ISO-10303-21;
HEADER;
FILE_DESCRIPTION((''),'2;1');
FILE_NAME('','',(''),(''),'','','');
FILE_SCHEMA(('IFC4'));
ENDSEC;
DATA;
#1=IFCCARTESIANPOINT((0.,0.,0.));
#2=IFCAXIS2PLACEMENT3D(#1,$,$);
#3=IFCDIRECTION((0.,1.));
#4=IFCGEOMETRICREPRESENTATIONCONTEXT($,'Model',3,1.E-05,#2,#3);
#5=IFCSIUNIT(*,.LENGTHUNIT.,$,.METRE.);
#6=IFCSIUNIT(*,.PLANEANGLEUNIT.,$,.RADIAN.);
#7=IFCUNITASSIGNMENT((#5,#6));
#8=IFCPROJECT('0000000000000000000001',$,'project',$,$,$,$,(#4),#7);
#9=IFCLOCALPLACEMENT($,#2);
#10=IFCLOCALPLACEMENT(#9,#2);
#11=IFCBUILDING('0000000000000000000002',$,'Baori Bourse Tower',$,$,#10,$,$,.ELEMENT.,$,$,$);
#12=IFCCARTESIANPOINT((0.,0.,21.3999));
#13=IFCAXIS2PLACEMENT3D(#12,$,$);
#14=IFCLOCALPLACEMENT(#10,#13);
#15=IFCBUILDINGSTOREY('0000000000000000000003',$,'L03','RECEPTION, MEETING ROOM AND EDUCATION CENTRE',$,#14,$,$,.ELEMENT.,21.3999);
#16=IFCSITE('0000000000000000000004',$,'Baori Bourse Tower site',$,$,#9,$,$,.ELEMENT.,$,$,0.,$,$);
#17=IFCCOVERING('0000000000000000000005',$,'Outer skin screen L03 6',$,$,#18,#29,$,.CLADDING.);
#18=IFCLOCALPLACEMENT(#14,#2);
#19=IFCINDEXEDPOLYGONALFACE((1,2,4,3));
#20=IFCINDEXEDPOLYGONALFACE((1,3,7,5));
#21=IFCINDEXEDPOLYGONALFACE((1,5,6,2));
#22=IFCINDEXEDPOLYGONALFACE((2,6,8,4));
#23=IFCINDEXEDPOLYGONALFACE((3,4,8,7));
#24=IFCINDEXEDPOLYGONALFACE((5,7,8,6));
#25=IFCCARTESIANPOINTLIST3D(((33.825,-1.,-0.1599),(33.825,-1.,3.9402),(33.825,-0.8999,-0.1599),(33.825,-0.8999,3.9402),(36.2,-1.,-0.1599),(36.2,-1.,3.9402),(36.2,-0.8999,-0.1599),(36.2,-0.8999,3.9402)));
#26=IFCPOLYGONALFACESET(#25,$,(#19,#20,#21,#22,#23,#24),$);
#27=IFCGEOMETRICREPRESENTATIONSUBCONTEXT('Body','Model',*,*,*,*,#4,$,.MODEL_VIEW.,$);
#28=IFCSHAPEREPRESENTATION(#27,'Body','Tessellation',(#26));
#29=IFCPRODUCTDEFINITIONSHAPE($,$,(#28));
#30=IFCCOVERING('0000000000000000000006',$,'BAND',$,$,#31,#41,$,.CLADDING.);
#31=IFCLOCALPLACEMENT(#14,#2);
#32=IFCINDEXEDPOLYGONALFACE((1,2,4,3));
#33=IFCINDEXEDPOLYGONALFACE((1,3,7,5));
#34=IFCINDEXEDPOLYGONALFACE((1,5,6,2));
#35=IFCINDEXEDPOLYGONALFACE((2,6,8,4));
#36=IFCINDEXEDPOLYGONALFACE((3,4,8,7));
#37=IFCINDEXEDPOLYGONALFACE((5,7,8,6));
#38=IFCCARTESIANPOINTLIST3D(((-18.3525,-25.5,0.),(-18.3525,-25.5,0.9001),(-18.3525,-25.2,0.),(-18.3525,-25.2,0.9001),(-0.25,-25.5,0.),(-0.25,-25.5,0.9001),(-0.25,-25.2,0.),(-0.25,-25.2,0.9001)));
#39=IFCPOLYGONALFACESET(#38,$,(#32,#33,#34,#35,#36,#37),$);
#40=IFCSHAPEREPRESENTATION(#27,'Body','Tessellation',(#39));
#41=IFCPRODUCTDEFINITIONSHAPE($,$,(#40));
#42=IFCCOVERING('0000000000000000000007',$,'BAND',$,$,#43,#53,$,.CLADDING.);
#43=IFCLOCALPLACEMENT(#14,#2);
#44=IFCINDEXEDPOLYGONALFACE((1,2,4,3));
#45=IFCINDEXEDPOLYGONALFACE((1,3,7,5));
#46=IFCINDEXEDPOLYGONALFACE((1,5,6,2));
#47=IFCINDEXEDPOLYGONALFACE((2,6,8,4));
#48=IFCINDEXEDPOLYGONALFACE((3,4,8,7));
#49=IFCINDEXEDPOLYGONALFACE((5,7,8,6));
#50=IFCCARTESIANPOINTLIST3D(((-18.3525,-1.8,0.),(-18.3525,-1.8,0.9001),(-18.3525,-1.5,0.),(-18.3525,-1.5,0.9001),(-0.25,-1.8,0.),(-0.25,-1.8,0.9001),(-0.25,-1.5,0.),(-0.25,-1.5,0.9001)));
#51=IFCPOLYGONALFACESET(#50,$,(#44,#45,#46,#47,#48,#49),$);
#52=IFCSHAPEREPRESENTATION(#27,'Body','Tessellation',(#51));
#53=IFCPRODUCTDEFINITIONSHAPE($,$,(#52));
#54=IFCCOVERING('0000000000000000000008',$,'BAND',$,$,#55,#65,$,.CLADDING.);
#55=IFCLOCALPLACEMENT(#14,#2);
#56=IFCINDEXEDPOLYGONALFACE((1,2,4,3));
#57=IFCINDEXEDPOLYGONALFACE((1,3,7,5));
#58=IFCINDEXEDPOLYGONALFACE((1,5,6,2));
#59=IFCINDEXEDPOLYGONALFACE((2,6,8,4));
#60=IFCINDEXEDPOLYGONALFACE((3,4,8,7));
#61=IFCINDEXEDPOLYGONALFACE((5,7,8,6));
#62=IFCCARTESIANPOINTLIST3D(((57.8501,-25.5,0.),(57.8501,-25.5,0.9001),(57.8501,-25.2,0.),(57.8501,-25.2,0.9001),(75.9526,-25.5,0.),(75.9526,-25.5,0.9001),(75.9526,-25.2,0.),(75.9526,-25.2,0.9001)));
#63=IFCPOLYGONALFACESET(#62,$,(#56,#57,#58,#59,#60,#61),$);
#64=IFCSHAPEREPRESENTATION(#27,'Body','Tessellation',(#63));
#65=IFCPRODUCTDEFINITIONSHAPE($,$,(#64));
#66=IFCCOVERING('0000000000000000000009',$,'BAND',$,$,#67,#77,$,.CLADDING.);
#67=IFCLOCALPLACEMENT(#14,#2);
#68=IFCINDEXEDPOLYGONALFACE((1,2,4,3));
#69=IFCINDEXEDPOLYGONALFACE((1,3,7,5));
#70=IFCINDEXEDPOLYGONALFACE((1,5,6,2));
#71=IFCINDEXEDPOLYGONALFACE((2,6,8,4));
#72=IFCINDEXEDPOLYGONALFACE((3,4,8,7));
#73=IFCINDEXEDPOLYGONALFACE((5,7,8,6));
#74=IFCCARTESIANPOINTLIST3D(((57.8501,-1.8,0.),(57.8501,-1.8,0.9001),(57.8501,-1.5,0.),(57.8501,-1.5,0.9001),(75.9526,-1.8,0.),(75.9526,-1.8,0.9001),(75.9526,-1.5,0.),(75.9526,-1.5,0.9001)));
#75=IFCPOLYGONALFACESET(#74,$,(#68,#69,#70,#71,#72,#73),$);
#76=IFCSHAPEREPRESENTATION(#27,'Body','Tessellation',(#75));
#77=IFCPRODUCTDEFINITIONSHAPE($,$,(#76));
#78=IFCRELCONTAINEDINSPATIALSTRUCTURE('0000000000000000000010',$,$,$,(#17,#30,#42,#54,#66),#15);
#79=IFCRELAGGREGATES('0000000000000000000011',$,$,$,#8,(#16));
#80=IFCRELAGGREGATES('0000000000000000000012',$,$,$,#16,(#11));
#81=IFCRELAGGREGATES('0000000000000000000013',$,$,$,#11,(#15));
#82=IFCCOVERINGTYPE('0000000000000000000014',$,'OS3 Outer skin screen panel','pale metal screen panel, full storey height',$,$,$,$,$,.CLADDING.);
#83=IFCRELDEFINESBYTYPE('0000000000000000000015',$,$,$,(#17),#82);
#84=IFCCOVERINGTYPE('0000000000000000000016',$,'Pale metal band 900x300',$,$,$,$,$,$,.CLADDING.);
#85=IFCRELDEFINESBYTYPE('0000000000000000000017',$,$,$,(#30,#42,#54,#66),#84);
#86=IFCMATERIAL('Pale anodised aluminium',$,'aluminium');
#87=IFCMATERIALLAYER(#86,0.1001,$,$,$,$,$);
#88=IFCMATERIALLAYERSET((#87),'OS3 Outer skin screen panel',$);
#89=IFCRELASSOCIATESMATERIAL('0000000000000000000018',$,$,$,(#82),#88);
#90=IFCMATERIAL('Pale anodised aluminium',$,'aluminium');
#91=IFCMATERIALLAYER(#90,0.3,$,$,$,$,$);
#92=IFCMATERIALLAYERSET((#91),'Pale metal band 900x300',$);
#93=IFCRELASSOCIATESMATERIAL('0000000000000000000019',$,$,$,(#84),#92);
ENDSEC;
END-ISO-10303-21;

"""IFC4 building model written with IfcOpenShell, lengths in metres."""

from ifc_helpers import new_model, si_unit, direction, frame, origin, place, context, subcontext, project, spatial, polyline, outline, extrude, material, layer, layer_set, type_object, element, save


model = new_model("IFC4")

# Units and contexts
model_context = context("Model", 3, precision=1e-05, world=origin(), true_north=direction((0.0, 1.0)))
body_context = subcontext(model_context, "Body", "Model", "MODEL_VIEW")
ifc_project = project(units=[si_unit("LENGTHUNIT", "METRE"), si_unit("PLANEANGLEUNIT", "RADIAN")], contexts=[model_context])

# Site, building, storey
site_placement = place(None, origin())
site = spatial("IfcSite", under=ifc_project, at=site_placement, Name="Baori Bourse Tower site", CompositionType="ELEMENT", RefElevation=0.0)
building_placement = place(site_placement, origin())
building = spatial("IfcBuilding", under=site, at=building_placement, Name="Baori Bourse Tower", CompositionType="ELEMENT")
storey_placement = place(building_placement, frame((0.0, 0.0, 21.3999)))
storey = spatial("IfcBuildingStorey", under=building, at=storey_placement, Name="L03", Description="RECEPTION, MEETING ROOM AND EDUCATION CENTRE", CompositionType="ELEMENT", Elevation=21.3999)

# Coverings
ifc_material_1 = material(Name="Pale anodised aluminium", Category="aluminium")
ifc_layer_1 = layer(ifc_material_1, 0.1001)
ifc_layer_set_1 = layer_set([ifc_layer_1], Name="OS3 Outer skin screen panel")
covering_type_1 = type_object("IfcCoveringType", Name="OS3 Outer skin screen panel", Description="pale metal screen panel, full storey height", PredefinedType="CLADDING", material=ifc_layer_set_1)
covering_1_placement = place(storey_placement, frame((0.0, 0.0, -0.1599)))
element("IfcCovering", 1, at=covering_1_placement, inside=storey, type_object=covering_type_1, Name="Outer skin screen L03 6", PredefinedType="CLADDING", context=body_context, shape_type="SweptSolid", body=[
    extrude(outline(polyline([(36.2, -0.8999), (33.825, -0.8999), (33.825, -1.0), (36.2, -1.0), (36.2, -0.8999)])), origin(), (0.0, 0.0, 1.0), 4.1001),
])
ifc_material_2 = material(Name="Pale anodised aluminium", Category="aluminium")
ifc_layer_2 = layer(ifc_material_2, 0.3)
ifc_layer_set_2 = layer_set([ifc_layer_2], Name="Pale metal band 900x300")
covering_type_2 = type_object("IfcCoveringType", Name="Pale metal band 900x300", PredefinedType="CLADDING", material=ifc_layer_set_2)
covering_2_placement = place(storey_placement, origin())
element("IfcCovering", 2, at=covering_2_placement, inside=storey, type_object=covering_type_2, Name="BAND", PredefinedType="CLADDING", context=body_context, shape_type="SweptSolid", body=[
    extrude(outline(polyline([(-18.3525, -25.5), (-0.25, -25.5), (-0.25, -25.2), (-18.3525, -25.2), (-18.3525, -25.5)])), origin(), (0.0, 0.0, 1.0), 0.9001),
])
covering_3_placement = place(storey_placement, origin())
element("IfcCovering", 3, at=covering_3_placement, inside=storey, type_object=covering_type_2, Name="BAND", PredefinedType="CLADDING", context=body_context, shape_type="SweptSolid", body=[
    extrude(outline(polyline([(-18.3525, -1.8), (-0.25, -1.8), (-0.25, -1.5), (-18.3525, -1.5), (-18.3525, -1.8)])), origin(), (0.0, 0.0, 1.0), 0.9001),
])
covering_4_placement = place(storey_placement, origin())
element("IfcCovering", 4, at=covering_4_placement, inside=storey, type_object=covering_type_2, Name="BAND", PredefinedType="CLADDING", context=body_context, shape_type="SweptSolid", body=[
    extrude(outline(polyline([(75.9526, -25.2), (57.8501, -25.2), (57.8501, -25.5), (75.9526, -25.5), (75.9526, -25.2)])), origin(), (0.0, 0.0, 1.0), 0.9001),
])
covering_5_placement = place(storey_placement, origin())
element("IfcCovering", 5, at=covering_5_placement, inside=storey, type_object=covering_type_2, Name="BAND", PredefinedType="CLADDING", context=body_context, shape_type="SweptSolid", body=[
    extrude(outline(polyline([(75.9526, -1.5), (57.8501, -1.5), (57.8501, -1.8), (75.9526, -1.8), (75.9526, -1.5)])), origin(), (0.0, 0.0, 1.0), 0.9001),
])

save(model, "model.ifc")
